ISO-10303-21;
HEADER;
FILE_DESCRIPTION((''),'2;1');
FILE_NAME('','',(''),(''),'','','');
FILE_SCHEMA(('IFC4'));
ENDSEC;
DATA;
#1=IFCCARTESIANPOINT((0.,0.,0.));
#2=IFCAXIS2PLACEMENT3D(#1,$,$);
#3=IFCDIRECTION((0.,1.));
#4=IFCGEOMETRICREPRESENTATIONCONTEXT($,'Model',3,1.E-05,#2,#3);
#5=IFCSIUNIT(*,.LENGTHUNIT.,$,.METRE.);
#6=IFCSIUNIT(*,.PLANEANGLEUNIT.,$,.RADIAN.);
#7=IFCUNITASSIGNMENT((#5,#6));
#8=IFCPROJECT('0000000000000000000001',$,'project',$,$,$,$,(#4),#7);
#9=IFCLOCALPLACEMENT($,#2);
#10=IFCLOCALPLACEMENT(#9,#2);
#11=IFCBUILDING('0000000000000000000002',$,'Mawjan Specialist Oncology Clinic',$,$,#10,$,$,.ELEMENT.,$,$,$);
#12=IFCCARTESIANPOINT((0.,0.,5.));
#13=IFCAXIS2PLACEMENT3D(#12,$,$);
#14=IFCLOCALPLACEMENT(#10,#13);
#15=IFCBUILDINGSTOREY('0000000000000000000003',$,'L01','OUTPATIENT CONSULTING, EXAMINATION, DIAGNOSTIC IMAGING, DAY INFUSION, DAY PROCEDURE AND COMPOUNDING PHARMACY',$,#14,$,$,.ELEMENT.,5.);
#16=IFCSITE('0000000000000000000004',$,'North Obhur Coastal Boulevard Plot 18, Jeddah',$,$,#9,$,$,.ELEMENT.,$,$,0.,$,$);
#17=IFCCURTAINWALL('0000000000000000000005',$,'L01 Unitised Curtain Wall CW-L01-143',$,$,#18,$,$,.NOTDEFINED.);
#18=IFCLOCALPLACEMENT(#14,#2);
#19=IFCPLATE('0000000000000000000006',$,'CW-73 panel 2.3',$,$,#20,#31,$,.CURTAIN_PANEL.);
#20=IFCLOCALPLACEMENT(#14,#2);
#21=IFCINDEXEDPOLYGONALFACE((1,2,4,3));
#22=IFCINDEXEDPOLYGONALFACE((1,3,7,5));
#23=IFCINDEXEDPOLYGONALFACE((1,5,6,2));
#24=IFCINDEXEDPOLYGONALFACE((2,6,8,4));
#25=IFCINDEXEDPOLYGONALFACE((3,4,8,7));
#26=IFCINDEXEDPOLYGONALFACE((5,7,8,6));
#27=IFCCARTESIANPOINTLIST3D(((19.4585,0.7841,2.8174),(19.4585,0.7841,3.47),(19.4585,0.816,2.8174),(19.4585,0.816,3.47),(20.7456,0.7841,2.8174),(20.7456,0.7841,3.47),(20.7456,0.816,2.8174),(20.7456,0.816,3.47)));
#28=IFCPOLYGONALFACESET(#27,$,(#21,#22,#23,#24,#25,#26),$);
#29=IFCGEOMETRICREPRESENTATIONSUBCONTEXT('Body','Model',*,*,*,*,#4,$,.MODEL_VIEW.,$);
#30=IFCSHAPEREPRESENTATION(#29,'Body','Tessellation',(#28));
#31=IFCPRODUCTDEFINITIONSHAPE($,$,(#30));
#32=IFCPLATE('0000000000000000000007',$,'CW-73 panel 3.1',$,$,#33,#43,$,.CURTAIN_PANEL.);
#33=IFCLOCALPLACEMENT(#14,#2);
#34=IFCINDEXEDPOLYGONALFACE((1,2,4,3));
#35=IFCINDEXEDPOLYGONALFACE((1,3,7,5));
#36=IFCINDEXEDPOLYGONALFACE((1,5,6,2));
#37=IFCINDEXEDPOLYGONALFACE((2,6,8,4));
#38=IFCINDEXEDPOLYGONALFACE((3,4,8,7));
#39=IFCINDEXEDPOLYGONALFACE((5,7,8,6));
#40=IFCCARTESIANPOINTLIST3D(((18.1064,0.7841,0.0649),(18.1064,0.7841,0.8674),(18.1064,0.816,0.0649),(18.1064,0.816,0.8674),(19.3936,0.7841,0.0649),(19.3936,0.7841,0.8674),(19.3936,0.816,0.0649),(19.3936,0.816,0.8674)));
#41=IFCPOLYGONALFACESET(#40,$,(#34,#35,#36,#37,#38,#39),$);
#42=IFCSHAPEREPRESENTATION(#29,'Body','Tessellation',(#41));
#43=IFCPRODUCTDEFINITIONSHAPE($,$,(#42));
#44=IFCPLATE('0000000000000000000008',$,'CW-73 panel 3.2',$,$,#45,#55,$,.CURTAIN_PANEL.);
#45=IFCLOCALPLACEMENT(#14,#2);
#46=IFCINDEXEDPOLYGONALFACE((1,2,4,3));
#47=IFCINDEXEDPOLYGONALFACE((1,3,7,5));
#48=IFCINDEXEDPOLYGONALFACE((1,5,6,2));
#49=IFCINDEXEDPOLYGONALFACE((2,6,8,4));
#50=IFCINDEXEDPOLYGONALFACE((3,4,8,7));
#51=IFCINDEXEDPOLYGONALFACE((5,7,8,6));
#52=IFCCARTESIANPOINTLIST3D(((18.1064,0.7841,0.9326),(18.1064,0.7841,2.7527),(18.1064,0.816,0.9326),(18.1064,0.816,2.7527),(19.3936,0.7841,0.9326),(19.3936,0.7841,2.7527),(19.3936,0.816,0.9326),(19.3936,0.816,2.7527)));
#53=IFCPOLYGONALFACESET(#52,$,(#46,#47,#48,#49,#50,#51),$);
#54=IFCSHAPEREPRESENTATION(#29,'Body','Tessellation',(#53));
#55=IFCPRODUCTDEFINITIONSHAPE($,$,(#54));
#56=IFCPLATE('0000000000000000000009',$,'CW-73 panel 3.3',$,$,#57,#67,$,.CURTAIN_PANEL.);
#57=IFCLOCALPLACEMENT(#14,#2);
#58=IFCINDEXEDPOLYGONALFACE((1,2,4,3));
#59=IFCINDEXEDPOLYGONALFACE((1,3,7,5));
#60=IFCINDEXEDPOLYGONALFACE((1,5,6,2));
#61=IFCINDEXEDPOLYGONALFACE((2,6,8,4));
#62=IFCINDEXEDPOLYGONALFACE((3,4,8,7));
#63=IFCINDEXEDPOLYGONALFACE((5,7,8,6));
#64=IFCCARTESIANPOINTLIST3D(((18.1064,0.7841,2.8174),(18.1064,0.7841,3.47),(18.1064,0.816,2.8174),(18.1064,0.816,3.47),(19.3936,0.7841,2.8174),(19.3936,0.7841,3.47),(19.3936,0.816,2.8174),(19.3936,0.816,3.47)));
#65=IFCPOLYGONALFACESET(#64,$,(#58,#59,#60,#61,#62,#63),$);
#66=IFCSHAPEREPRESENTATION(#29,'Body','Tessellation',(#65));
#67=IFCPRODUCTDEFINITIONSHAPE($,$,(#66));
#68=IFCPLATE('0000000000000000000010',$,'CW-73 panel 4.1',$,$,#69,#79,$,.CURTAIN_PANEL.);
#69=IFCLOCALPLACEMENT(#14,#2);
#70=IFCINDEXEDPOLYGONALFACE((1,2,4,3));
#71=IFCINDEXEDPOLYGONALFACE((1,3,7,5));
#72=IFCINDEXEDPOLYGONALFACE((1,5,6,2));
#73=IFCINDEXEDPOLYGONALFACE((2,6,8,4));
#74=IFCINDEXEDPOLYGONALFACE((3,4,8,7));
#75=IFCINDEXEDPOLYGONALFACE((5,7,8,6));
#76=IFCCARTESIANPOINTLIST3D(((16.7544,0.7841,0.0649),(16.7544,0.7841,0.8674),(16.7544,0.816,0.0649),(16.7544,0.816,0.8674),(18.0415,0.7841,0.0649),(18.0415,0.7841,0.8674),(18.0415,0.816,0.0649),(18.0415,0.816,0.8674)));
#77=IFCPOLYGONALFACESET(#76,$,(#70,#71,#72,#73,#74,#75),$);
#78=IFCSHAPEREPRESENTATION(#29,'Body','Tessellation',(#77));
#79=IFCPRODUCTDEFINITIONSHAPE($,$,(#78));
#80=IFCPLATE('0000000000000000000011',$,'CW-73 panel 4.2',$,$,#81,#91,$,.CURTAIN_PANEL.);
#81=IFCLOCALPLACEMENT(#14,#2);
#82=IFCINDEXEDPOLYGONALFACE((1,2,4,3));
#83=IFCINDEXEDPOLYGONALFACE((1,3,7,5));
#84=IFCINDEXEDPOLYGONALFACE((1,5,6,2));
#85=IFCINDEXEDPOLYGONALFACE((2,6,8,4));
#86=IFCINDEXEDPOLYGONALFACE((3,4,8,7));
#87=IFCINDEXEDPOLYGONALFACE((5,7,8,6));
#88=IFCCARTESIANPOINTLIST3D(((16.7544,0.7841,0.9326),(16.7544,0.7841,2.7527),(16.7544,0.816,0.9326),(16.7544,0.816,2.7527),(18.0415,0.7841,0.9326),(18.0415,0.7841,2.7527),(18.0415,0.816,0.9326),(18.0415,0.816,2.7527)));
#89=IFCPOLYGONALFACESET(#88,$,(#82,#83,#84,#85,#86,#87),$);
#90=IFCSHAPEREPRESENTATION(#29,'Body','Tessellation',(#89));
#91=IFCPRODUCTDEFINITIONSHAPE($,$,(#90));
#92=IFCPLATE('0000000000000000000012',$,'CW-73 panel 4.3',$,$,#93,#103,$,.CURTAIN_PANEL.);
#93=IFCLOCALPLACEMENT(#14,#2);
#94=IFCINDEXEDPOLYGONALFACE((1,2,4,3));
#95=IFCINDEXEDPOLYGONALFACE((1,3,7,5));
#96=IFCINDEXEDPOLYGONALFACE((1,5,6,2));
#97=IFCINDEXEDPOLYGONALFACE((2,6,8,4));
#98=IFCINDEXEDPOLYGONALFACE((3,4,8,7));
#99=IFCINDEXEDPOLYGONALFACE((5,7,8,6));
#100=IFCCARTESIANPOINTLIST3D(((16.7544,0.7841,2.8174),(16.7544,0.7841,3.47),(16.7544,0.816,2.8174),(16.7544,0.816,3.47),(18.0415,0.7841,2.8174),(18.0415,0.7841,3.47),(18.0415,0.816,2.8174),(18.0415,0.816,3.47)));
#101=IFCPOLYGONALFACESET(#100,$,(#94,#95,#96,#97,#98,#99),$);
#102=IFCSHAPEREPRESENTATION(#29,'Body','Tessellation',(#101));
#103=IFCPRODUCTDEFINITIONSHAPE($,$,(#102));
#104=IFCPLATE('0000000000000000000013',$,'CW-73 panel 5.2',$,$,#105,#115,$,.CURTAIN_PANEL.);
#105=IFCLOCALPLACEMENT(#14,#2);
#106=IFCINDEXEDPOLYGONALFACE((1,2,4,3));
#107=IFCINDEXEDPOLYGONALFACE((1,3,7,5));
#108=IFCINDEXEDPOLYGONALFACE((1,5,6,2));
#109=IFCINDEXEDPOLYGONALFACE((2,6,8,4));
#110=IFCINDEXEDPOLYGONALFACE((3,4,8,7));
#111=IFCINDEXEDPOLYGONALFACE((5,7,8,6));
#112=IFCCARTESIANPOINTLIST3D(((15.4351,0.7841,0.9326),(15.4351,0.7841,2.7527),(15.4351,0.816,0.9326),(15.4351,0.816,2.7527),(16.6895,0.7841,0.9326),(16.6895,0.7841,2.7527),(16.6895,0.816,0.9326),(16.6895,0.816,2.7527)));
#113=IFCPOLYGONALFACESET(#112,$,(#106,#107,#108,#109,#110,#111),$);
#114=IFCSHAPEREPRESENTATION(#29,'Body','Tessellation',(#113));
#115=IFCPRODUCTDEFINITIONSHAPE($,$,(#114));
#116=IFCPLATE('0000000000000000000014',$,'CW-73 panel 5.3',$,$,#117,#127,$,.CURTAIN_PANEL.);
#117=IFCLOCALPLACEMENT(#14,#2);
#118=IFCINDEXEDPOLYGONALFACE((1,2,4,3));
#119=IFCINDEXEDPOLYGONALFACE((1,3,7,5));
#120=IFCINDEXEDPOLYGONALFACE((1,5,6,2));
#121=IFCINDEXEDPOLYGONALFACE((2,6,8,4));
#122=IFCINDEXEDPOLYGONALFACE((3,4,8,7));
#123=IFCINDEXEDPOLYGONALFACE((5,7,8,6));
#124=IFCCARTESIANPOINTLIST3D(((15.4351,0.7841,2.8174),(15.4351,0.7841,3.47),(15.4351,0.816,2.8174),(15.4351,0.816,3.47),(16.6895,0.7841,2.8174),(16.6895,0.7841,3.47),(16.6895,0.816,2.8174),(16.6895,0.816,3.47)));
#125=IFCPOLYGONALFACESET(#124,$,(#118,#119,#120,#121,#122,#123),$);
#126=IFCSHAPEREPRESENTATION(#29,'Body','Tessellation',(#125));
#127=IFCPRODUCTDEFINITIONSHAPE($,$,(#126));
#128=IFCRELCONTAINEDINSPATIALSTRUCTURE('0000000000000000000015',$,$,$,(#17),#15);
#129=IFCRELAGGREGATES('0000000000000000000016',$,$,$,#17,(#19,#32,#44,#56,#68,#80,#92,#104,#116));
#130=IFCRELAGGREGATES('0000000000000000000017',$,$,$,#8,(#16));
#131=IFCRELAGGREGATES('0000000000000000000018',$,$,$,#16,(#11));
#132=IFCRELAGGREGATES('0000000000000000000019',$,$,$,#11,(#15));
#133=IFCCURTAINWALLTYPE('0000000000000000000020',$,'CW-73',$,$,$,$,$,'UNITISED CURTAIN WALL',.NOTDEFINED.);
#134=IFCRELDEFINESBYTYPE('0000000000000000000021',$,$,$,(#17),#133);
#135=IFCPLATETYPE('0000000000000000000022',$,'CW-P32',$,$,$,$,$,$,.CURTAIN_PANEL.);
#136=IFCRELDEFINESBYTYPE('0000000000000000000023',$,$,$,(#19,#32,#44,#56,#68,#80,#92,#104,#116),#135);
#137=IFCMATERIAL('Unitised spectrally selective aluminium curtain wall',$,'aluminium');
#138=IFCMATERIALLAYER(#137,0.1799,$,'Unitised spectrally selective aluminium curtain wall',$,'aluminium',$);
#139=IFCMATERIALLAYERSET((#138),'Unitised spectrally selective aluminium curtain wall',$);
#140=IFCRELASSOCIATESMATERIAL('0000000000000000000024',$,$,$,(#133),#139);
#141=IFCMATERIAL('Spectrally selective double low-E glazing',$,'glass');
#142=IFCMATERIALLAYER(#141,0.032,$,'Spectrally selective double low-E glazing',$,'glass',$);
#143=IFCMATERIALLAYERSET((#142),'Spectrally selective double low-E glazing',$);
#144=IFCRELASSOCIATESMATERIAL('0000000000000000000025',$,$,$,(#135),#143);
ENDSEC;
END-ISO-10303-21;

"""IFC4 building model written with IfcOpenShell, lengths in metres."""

from ifc_helpers import new_model, si_unit, direction, frame, origin, origin_2d, place, context, subcontext, project, spatial, rectangle, extrude, material, layer, layer_set, type_object, element, aggregate, save


model = new_model("IFC4")

# Units and contexts
model_context = context("Model", 3, precision=1e-05, world=origin(), true_north=direction((0.0, 1.0)))
body_context = subcontext(model_context, "Body", "Model", "MODEL_VIEW")
ifc_project = project(units=[si_unit("LENGTHUNIT", "METRE"), si_unit("PLANEANGLEUNIT", "RADIAN")], contexts=[model_context])

# Site, building, storey
site_placement = place(None, origin())
site = spatial("IfcSite", under=ifc_project, at=site_placement, Name="North Obhur Coastal Boulevard Plot 18, Jeddah", CompositionType="ELEMENT", RefElevation=0.0)
building_placement = place(site_placement, origin())
building = spatial("IfcBuilding", under=site, at=building_placement, Name="Mawjan Specialist Oncology Clinic", CompositionType="ELEMENT")
storey_placement = place(building_placement, frame((0.0, 0.0, 5.0)))
storey = spatial("IfcBuildingStorey", under=building, at=storey_placement, Name="L01", Description="OUTPATIENT CONSULTING, EXAMINATION, DIAGNOSTIC IMAGING, DAY INFUSION, DAY PROCEDURE AND COMPOUNDING PHARMACY", CompositionType="ELEMENT", Elevation=5.0)

# Curtain wall, plates
ifc_material_1 = material(Name="Unitised spectrally selective aluminium curtain wall", Category="aluminium")
ifc_layer_1 = layer(ifc_material_1, 0.1799, Name="Unitised spectrally selective aluminium curtain wall", Category="aluminium")
ifc_layer_set_1 = layer_set([ifc_layer_1], Name="Unitised spectrally selective aluminium curtain wall")
curtain_wall_type = type_object("IfcCurtainWallType", Name="CW-73", ElementType="UNITISED CURTAIN WALL", PredefinedType="NOTDEFINED", material=ifc_layer_set_1)
curtain_wall_placement = place(storey_placement, origin())
curtain_wall = element("IfcCurtainWall", 1, at=curtain_wall_placement, inside=storey, type_object=curtain_wall_type, Name="L01 Unitised Curtain Wall CW-L01-143", PredefinedType="NOTDEFINED")
ifc_material_2 = material(Name="Spectrally selective double low-E glazing", Category="glass")
ifc_layer_2 = layer(ifc_material_2, 0.032, Name="Spectrally selective double low-E glazing", Category="glass")
ifc_layer_set_2 = layer_set([ifc_layer_2], Name="Spectrally selective double low-E glazing")
plate_type = type_object("IfcPlateType", Name="CW-P32", PredefinedType="CURTAIN_PANEL", material=ifc_layer_set_2)
plate_1_placement = place(storey_placement, frame((20.1021, 0.8, 2.8174), z_axis=(0.0, 0.0, 1.0), x_axis=(-1.0, 0.0, 0.0)))
plate_1 = element("IfcPlate", 2, at=plate_1_placement, type_object=plate_type, Name="CW-73 panel 2.3", PredefinedType="CURTAIN_PANEL", context=body_context, shape_type="SweptSolid", body=[
    extrude(rectangle(XDim=1.2871, YDim=0.032, at=origin_2d()), origin(), (0.0, 0.0, 1.0), 0.6526),
])
plate_2_placement = place(storey_placement, frame((18.75, 0.8, 0.0649), z_axis=(0.0, 0.0, 1.0), x_axis=(-1.0, 0.0, 0.0)))
plate_2 = element("IfcPlate", 3, at=plate_2_placement, type_object=plate_type, Name="CW-73 panel 3.1", PredefinedType="CURTAIN_PANEL", context=body_context, shape_type="SweptSolid", body=[
    extrude(rectangle(XDim=1.2871, YDim=0.032, at=origin_2d()), origin(), (0.0, 0.0, 1.0), 0.8025),
])
plate_3_placement = place(storey_placement, frame((18.75, 0.8, 0.9326), z_axis=(0.0, 0.0, 1.0), x_axis=(-1.0, 0.0, 0.0)))
plate_3 = element("IfcPlate", 4, at=plate_3_placement, type_object=plate_type, Name="CW-73 panel 3.2", PredefinedType="CURTAIN_PANEL", context=body_context, shape_type="SweptSolid", body=[
    extrude(rectangle(XDim=1.2871, YDim=0.032, at=origin_2d()), origin(), (0.0, 0.0, 1.0), 1.8201),
])
plate_4_placement = place(storey_placement, frame((18.75, 0.8, 2.8174), z_axis=(0.0, 0.0, 1.0), x_axis=(-1.0, 0.0, 0.0)))
plate_4 = element("IfcPlate", 5, at=plate_4_placement, type_object=plate_type, Name="CW-73 panel 3.3", PredefinedType="CURTAIN_PANEL", context=body_context, shape_type="SweptSolid", body=[
    extrude(rectangle(XDim=1.2871, YDim=0.032, at=origin_2d()), origin(), (0.0, 0.0, 1.0), 0.6526),
])
plate_5_placement = place(storey_placement, frame((17.3979, 0.8, 0.0649), z_axis=(0.0, 0.0, 1.0), x_axis=(-1.0, 0.0, 0.0)))
plate_5 = element("IfcPlate", 6, at=plate_5_placement, type_object=plate_type, Name="CW-73 panel 4.1", PredefinedType="CURTAIN_PANEL", context=body_context, shape_type="SweptSolid", body=[
    extrude(rectangle(XDim=1.2871, YDim=0.032, at=origin_2d()), origin(), (0.0, 0.0, 1.0), 0.8025),
])
plate_6_placement = place(storey_placement, frame((17.3979, 0.8, 0.9326), z_axis=(0.0, 0.0, 1.0), x_axis=(-1.0, 0.0, 0.0)))
plate_6 = element("IfcPlate", 7, at=plate_6_placement, type_object=plate_type, Name="CW-73 panel 4.2", PredefinedType="CURTAIN_PANEL", context=body_context, shape_type="SweptSolid", body=[
    extrude(rectangle(XDim=1.2871, YDim=0.032, at=origin_2d()), origin(), (0.0, 0.0, 1.0), 1.8201),
])
plate_7_placement = place(storey_placement, frame((17.3979, 0.8, 2.8174), z_axis=(0.0, 0.0, 1.0), x_axis=(-1.0, 0.0, 0.0)))
plate_7 = element("IfcPlate", 8, at=plate_7_placement, type_object=plate_type, Name="CW-73 panel 4.3", PredefinedType="CURTAIN_PANEL", context=body_context, shape_type="SweptSolid", body=[
    extrude(rectangle(XDim=1.2871, YDim=0.032, at=origin_2d()), origin(), (0.0, 0.0, 1.0), 0.6526),
])
plate_8_placement = place(storey_placement, frame((16.0623, 0.8, 0.9326), z_axis=(0.0, 0.0, 1.0), x_axis=(-1.0, 0.0, 0.0)))
plate_8 = element("IfcPlate", 9, at=plate_8_placement, type_object=plate_type, Name="CW-73 panel 5.2", PredefinedType="CURTAIN_PANEL", context=body_context, shape_type="SweptSolid", body=[
    extrude(rectangle(XDim=1.2544, YDim=0.032, at=origin_2d()), origin(), (0.0, 0.0, 1.0), 1.8201),
])
plate_9_placement = place(storey_placement, frame((16.0623, 0.8, 2.8174), z_axis=(0.0, 0.0, 1.0), x_axis=(-1.0, 0.0, 0.0)))
plate_9 = element("IfcPlate", 10, at=plate_9_placement, type_object=plate_type, Name="CW-73 panel 5.3", PredefinedType="CURTAIN_PANEL", context=body_context, shape_type="SweptSolid", body=[
    extrude(rectangle(XDim=1.2544, YDim=0.032, at=origin_2d()), origin(), (0.0, 0.0, 1.0), 0.6526),
])
aggregate(curtain_wall, [plate_1, plate_2, plate_3, plate_4, plate_5, plate_6, plate_7, plate_8, plate_9])

save(model, "model.ifc")
